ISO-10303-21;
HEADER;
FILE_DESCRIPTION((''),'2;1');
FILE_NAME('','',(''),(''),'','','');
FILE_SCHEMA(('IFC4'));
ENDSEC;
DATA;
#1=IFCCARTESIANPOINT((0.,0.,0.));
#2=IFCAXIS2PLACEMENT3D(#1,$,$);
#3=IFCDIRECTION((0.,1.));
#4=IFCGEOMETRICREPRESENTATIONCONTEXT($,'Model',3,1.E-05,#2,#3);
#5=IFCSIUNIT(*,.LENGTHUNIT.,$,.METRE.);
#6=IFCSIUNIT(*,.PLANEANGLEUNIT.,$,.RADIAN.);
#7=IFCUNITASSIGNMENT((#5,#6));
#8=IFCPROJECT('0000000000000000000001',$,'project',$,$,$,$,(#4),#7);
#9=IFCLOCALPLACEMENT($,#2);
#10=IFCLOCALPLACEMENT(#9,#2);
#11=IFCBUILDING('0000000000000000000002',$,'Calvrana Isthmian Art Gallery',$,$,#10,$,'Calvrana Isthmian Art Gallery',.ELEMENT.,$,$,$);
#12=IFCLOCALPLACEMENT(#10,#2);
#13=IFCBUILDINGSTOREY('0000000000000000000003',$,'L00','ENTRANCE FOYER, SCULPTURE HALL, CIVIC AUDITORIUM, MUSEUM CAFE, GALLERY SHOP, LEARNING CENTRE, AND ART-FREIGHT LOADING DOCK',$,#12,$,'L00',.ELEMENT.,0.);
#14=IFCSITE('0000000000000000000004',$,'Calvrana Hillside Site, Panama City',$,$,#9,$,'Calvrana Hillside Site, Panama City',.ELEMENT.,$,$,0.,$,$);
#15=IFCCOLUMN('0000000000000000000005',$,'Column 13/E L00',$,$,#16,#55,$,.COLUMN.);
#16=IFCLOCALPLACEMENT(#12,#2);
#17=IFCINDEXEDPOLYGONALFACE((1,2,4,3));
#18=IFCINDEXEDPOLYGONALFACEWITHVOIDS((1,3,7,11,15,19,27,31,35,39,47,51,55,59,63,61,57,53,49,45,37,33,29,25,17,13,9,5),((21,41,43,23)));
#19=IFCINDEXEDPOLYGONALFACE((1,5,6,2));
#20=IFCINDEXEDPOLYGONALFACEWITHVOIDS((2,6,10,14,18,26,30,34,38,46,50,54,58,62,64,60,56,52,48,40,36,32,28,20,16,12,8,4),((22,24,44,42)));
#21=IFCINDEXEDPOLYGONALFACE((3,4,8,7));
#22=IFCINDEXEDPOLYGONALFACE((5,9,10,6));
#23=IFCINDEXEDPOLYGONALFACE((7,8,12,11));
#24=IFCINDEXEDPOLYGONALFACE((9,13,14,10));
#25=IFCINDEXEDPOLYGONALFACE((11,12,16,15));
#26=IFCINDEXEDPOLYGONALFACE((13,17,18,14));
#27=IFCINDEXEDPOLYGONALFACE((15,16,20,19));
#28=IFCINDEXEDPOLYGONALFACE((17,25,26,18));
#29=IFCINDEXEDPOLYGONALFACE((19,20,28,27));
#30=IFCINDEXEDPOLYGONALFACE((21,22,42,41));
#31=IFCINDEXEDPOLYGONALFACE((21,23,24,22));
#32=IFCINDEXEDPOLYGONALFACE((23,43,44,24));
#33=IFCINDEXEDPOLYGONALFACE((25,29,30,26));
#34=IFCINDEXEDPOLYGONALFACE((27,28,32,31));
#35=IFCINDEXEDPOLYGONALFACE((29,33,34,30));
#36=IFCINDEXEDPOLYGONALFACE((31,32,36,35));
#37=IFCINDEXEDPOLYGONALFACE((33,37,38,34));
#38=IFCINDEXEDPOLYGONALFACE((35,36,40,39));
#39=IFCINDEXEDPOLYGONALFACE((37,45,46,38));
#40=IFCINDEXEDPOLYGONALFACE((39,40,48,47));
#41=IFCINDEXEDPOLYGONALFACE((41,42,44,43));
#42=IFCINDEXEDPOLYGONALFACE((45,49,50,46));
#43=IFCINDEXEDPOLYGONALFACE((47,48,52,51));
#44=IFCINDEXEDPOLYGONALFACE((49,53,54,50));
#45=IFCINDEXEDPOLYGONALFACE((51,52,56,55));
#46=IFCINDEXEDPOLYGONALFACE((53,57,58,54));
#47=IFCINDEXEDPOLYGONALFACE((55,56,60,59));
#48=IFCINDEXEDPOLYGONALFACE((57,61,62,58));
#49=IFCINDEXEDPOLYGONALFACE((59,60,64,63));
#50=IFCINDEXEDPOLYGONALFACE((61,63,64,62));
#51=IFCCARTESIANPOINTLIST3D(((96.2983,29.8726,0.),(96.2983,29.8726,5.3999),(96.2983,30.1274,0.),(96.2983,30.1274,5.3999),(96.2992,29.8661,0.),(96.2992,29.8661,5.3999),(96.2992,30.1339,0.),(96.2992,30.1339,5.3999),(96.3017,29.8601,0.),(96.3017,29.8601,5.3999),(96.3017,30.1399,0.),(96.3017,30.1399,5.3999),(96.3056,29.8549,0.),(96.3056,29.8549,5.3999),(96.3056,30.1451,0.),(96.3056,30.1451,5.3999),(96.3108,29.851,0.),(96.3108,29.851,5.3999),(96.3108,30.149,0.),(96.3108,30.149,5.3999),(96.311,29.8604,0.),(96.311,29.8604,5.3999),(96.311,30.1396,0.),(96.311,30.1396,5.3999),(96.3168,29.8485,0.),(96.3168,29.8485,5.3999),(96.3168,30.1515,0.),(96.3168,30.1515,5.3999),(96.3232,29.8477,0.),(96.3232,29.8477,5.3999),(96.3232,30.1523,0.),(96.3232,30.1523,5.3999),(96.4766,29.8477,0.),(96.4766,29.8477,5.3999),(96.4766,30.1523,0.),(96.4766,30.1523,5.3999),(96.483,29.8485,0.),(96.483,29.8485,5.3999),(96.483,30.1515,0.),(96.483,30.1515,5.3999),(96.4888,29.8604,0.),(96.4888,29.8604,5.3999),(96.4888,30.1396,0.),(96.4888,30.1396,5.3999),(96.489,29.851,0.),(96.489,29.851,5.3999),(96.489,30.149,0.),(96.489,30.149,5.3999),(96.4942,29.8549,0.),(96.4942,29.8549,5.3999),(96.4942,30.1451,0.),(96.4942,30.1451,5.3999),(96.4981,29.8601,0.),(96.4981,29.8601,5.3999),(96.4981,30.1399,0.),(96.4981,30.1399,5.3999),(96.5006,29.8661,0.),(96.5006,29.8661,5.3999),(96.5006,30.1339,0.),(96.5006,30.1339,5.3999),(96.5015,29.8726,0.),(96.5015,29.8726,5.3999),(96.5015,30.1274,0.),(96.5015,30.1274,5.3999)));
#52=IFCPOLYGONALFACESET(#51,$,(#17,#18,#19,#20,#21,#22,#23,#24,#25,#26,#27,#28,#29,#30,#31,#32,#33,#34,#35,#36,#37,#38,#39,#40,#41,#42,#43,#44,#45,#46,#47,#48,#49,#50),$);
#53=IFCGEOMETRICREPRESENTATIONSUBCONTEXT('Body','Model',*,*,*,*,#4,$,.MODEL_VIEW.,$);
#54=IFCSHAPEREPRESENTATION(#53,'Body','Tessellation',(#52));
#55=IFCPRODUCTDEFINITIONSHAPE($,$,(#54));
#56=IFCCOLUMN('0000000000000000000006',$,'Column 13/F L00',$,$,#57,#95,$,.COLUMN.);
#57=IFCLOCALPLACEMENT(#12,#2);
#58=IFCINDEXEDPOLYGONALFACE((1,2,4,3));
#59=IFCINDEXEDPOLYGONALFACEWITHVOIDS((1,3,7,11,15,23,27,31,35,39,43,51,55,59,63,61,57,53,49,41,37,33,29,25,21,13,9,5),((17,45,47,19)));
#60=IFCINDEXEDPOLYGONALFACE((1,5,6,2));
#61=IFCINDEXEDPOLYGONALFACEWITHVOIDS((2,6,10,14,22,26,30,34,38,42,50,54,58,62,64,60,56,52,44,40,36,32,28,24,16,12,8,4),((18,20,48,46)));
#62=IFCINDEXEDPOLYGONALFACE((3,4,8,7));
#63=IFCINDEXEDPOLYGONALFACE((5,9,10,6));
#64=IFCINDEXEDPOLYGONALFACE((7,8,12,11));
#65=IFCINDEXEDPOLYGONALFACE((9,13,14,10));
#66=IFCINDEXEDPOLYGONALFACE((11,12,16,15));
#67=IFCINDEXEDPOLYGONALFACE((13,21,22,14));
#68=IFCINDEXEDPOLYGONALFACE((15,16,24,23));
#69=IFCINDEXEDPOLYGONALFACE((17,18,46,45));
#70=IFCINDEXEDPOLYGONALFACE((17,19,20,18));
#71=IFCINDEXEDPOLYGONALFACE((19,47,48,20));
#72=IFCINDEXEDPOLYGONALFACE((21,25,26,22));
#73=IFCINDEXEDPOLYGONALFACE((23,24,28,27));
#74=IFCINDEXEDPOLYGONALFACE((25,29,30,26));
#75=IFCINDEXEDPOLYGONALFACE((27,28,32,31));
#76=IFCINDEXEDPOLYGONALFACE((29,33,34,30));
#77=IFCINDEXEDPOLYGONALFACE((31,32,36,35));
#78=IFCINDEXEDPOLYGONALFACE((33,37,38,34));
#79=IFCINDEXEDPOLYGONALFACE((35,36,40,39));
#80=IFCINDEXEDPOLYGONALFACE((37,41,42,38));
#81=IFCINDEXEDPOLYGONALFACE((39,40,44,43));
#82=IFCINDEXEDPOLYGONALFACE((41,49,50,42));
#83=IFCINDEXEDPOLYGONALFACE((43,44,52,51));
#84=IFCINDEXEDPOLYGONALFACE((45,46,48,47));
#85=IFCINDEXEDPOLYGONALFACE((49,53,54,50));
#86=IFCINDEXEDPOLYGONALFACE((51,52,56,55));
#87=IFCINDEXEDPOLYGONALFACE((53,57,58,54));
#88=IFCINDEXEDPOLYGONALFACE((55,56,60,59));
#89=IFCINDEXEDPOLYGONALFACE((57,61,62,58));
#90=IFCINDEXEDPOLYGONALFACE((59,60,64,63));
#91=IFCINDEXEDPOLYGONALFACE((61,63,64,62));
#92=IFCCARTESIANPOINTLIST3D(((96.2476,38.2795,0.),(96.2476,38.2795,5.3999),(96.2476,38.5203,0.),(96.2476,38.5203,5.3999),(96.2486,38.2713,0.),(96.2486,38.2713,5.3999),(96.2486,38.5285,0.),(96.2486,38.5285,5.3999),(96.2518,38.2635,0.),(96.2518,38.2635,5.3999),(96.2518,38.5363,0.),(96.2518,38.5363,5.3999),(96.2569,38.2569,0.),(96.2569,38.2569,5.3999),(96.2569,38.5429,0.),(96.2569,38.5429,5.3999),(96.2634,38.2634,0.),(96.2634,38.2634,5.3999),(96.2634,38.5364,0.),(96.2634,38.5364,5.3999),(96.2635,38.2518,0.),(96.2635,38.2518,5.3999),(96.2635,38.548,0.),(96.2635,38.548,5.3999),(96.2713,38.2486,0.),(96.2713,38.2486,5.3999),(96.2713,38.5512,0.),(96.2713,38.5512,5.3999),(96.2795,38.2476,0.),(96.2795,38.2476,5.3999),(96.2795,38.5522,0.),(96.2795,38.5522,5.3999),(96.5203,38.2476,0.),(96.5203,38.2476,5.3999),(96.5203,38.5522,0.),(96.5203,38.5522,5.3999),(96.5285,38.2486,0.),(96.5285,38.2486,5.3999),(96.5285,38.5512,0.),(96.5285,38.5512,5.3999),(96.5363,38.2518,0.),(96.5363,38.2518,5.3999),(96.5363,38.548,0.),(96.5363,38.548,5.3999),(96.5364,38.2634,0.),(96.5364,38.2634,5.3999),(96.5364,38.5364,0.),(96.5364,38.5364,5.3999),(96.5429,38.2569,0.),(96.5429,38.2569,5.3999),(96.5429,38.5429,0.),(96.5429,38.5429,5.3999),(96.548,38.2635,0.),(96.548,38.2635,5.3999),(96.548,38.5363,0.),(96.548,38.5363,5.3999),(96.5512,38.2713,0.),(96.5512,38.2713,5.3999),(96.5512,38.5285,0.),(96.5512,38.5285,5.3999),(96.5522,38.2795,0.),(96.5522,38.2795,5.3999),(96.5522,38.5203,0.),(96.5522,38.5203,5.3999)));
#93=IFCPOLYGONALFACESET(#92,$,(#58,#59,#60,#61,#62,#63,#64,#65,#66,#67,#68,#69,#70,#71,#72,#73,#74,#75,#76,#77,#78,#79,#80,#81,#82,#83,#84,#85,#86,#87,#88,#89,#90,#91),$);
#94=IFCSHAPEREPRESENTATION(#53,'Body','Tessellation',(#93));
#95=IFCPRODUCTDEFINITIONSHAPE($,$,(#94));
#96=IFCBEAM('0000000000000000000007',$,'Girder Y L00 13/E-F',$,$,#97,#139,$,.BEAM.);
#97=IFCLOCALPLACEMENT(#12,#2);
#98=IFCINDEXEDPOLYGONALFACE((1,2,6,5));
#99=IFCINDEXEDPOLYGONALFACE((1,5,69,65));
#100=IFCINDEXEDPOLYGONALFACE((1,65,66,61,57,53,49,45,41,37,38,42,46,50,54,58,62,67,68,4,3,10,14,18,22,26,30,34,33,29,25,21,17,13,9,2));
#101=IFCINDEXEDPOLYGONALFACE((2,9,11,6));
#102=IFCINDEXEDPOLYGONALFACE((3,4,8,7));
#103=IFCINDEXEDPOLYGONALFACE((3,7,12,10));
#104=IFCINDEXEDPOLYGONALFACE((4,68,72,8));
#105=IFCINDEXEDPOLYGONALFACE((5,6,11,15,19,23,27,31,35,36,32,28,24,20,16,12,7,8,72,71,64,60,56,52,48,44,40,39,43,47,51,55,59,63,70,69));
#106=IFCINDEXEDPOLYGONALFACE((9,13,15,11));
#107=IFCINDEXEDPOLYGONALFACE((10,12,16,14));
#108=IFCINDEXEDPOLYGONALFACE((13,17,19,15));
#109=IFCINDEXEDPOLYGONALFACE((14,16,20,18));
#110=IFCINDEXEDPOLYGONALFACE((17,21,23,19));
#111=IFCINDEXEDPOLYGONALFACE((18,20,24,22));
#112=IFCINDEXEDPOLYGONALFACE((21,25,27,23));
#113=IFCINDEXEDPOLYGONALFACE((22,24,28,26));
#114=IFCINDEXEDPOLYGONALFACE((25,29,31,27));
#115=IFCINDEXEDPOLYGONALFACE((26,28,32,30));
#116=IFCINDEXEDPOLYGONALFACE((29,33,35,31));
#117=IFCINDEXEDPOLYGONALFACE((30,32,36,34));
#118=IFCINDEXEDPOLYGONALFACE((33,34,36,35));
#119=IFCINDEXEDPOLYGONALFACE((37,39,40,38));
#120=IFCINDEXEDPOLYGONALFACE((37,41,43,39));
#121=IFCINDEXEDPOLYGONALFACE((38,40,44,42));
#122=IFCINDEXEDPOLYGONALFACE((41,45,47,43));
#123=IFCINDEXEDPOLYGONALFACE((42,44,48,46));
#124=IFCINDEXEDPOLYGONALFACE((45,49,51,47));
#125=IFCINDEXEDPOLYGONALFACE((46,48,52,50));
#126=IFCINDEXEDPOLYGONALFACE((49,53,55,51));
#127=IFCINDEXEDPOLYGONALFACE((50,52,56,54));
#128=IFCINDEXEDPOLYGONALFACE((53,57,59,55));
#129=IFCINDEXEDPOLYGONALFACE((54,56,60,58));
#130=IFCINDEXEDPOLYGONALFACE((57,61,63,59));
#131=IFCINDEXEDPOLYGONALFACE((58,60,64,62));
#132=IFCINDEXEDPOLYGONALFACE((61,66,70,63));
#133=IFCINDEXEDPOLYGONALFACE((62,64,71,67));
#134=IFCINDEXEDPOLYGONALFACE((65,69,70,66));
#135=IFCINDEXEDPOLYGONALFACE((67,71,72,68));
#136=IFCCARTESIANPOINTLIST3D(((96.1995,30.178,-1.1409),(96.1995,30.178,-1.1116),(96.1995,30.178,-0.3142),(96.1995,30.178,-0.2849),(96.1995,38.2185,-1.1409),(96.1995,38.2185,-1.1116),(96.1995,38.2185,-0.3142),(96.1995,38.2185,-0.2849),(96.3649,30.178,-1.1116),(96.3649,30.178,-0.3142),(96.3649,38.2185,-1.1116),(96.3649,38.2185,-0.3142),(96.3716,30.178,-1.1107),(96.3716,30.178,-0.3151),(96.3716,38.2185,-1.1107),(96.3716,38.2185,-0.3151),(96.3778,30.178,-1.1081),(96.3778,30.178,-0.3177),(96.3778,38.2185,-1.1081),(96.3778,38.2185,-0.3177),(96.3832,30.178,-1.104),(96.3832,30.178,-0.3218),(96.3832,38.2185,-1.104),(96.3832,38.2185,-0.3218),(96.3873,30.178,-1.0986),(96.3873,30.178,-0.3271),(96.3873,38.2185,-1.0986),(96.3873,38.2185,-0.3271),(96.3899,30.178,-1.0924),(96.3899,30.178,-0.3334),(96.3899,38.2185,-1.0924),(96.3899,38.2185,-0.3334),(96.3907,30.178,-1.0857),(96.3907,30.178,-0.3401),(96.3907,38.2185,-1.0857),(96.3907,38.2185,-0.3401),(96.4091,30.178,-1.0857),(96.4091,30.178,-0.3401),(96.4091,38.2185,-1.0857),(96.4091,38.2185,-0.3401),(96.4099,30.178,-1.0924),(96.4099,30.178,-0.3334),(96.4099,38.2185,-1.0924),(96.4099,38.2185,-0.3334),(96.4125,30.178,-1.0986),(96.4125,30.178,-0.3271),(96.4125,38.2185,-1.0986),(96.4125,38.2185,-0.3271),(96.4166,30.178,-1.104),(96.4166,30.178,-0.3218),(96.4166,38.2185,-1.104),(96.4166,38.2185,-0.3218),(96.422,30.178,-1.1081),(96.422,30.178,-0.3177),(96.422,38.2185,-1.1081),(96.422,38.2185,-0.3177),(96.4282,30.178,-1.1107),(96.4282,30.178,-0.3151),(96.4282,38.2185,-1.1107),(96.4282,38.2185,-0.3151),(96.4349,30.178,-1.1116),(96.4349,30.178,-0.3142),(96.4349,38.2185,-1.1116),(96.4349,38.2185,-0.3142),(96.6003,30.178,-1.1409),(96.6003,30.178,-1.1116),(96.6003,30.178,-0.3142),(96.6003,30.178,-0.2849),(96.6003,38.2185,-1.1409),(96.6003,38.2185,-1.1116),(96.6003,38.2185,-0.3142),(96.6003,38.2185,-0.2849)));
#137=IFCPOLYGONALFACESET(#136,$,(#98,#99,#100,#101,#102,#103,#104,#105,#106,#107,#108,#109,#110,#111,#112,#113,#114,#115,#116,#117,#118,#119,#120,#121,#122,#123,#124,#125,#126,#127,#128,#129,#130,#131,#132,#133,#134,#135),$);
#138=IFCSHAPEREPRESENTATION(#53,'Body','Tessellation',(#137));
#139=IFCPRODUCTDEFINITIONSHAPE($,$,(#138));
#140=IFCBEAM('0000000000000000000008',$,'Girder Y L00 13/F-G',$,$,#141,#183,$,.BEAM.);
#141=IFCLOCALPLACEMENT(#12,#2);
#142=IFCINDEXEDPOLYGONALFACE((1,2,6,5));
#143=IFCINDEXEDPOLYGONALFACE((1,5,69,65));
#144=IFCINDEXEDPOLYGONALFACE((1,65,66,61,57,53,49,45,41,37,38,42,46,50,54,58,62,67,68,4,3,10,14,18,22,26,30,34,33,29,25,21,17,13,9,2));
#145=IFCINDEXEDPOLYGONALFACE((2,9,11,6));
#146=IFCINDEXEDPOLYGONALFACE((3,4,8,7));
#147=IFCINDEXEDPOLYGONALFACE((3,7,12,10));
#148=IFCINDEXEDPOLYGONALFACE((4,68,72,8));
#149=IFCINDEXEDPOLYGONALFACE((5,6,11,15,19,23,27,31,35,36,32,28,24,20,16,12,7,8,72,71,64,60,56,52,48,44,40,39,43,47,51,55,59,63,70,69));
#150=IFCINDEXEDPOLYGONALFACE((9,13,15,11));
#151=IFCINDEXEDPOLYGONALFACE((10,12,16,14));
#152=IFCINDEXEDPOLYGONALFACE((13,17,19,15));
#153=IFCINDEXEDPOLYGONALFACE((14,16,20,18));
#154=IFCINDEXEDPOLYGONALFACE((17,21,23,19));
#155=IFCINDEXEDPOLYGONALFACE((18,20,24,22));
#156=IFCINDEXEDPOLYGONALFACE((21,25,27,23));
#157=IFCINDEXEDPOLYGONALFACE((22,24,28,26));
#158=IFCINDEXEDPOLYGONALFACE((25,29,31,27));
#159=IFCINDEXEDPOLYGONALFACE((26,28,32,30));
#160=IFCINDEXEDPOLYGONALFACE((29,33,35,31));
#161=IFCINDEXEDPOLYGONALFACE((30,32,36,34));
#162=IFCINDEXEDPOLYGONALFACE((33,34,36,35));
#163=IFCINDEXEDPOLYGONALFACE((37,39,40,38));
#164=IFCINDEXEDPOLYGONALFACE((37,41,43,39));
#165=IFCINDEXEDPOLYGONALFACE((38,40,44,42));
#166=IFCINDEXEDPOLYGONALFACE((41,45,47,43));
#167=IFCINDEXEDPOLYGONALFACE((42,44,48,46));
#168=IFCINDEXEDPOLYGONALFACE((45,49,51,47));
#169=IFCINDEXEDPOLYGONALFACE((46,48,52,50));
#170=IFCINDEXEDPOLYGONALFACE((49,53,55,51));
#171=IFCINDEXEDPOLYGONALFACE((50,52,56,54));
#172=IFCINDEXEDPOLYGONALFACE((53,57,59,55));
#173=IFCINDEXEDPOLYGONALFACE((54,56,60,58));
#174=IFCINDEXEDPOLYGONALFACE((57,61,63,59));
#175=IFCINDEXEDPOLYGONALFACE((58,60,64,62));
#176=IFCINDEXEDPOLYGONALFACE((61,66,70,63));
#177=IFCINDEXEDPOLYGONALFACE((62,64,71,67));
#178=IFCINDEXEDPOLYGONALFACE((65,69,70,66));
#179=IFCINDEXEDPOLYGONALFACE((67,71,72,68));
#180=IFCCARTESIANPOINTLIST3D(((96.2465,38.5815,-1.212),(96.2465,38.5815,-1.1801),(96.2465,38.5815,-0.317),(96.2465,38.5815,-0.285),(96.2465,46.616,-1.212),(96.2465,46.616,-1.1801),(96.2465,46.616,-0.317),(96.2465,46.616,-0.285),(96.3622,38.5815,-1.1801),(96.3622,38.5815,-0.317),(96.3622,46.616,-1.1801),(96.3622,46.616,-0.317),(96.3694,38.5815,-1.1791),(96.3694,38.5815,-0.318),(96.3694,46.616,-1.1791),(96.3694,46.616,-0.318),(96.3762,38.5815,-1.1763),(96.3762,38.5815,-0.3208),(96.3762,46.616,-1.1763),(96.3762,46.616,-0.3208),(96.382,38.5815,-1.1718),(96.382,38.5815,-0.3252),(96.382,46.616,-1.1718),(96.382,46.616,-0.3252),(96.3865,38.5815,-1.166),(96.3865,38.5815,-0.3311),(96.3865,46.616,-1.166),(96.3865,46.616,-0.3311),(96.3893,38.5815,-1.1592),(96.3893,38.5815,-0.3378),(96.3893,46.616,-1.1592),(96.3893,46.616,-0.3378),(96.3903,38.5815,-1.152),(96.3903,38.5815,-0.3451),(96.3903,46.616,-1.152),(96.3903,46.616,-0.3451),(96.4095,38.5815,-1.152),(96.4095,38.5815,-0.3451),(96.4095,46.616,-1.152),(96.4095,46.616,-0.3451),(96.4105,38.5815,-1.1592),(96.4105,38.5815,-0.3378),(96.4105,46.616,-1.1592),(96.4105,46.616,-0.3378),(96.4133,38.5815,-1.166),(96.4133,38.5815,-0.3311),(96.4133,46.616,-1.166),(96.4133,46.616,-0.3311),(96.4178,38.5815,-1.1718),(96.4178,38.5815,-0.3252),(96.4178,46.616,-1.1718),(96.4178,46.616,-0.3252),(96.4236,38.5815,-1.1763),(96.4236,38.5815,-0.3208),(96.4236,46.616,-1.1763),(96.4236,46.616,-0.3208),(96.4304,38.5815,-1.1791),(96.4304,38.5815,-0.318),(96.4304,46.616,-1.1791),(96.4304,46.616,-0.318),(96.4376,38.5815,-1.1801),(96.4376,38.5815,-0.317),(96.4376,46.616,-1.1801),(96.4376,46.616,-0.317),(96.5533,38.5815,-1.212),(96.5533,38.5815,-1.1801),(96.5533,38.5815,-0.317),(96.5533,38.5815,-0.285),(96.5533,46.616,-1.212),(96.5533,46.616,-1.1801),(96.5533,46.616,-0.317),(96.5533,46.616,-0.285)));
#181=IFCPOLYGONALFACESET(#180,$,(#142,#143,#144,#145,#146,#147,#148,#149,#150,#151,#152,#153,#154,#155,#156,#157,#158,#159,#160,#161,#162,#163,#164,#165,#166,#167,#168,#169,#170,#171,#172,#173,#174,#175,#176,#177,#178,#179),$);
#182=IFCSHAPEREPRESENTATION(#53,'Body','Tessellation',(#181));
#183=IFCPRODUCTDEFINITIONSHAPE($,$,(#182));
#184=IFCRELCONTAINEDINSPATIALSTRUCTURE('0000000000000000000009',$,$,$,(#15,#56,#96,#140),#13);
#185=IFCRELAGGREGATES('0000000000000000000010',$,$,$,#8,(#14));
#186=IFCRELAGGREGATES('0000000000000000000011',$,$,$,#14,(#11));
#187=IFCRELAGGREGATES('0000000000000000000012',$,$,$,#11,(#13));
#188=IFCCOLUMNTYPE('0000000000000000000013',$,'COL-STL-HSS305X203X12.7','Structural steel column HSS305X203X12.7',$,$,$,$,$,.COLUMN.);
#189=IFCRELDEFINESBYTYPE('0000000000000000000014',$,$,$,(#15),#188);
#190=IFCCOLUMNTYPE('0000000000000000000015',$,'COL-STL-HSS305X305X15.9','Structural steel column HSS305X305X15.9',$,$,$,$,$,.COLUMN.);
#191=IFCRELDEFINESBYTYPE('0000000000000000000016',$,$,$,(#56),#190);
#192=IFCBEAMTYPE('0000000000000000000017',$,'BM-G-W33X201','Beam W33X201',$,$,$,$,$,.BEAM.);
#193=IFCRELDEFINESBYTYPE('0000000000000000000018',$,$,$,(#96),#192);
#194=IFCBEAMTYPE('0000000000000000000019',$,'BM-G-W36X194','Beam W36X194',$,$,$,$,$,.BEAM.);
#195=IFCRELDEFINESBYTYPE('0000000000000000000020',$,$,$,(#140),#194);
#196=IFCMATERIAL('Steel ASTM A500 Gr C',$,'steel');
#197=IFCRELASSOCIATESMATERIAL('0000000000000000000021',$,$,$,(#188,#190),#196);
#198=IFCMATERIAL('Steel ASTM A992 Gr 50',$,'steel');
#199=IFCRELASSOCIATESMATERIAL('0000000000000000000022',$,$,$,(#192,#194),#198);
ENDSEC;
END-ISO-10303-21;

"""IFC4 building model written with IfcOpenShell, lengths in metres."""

from ifc_helpers import new_model, si_unit, direction, frame, origin, origin_2d, place, context, subcontext, project, spatial, hollow_rectangle, i_section, extrude, material, material_profile, profile_set, type_object, element, save


model = new_model("IFC4")

# Units and contexts
model_context = context("Model", 3, precision=1e-05, world=origin(), true_north=direction((0.0, 1.0)))
body_context = subcontext(model_context, "Body", "Model", "MODEL_VIEW")
ifc_project = project(units=[si_unit("LENGTHUNIT", "METRE"), si_unit("PLANEANGLEUNIT", "RADIAN")], contexts=[model_context])

# Site, building, storey
site_placement = place(None, origin())
site = spatial("IfcSite", under=ifc_project, at=site_placement, Name="Calvrana Hillside Site, Panama City", LongName="Calvrana Hillside Site, Panama City", CompositionType="ELEMENT", RefElevation=0.0)
building_placement = place(site_placement, origin())
building = spatial("IfcBuilding", under=site, at=building_placement, Name="Calvrana Isthmian Art Gallery", LongName="Calvrana Isthmian Art Gallery", CompositionType="ELEMENT")
storey_placement = place(building_placement, origin())
storey = spatial("IfcBuildingStorey", under=building, at=storey_placement, Name="L00", Description="ENTRANCE FOYER, SCULPTURE HALL, CIVIC AUDITORIUM, MUSEUM CAFE, GALLERY SHOP, LEARNING CENTRE, AND ART-FREIGHT LOADING DOCK", LongName="L00", CompositionType="ELEMENT", Elevation=0.0)

# Columns
ifc_material_1 = material(Name="Steel ASTM A500 Gr C", Category="steel")
ifc_material_profile_1 = material_profile(ifc_material_1, hollow_rectangle(XDim=0.2031, YDim=0.3047, WallThickness=0.0127, OuterFilletRadius=0.0249, at=origin_2d()), Name="HSS305X203X12.7")
ifc_profile_set_1 = profile_set([ifc_material_profile_1], Name="Steel ASTM A500 Gr C")
column_type_1 = type_object("IfcColumnType", Name="COL-STL-HSS305X203X12.7", Description="Structural steel column HSS305X203X12.7", PredefinedType="COLUMN", material=ifc_profile_set_1)
column_1_placement = place(storey_placement, frame((96.3999, 30.0, 0.0), z_axis=(0.0, 0.0, 1.0), x_axis=(1.0, 0.0, 0.0)))
element("IfcColumn", 1, at=column_1_placement, inside=storey, type_object=column_type_1, Name="Column 13/E L00", PredefinedType="COLUMN", context=body_context, shape_type="SweptSolid", body=[
    extrude(hollow_rectangle(XDim=0.2031, YDim=0.3047, WallThickness=0.0127, OuterFilletRadius=0.0249, at=origin_2d()), origin(), (0.0, 0.0, 1.0), 5.3999),
])
ifc_material_profile_2 = material_profile(ifc_material_1, hollow_rectangle(XDim=0.3047, YDim=0.3047, WallThickness=0.0159, OuterFilletRadius=0.032, at=origin_2d()), Name="HSS305X305X15.9")
ifc_profile_set_2 = profile_set([ifc_material_profile_2], Name="Steel ASTM A500 Gr C")
column_type_2 = type_object("IfcColumnType", Name="COL-STL-HSS305X305X15.9", Description="Structural steel column HSS305X305X15.9", PredefinedType="COLUMN", material=ifc_profile_set_2)
column_2_placement = place(storey_placement, frame((96.3999, 38.3999, 0.0), z_axis=(0.0, 0.0, 1.0), x_axis=(1.0, 0.0, 0.0)))
element("IfcColumn", 2, at=column_2_placement, inside=storey, type_object=column_type_2, Name="Column 13/F L00", PredefinedType="COLUMN", context=body_context, shape_type="SweptSolid", body=[
    extrude(hollow_rectangle(XDim=0.3047, YDim=0.3047, WallThickness=0.0159, OuterFilletRadius=0.032, at=origin_2d()), origin(), (0.0, 0.0, 1.0), 5.3999),
])

# Beams
ifc_material_2 = material(Name="Steel ASTM A992 Gr 50", Category="steel")
ifc_material_profile_3 = material_profile(ifc_material_2, i_section(OverallWidth=0.4009, OverallDepth=0.856, WebThickness=0.0183, FlangeThickness=0.0293, FilletRadius=0.0259, at=origin_2d()), Name="W33X201")
ifc_profile_set_3 = profile_set([ifc_material_profile_3], Name="Steel ASTM A992 Gr 50")
beam_type_1 = type_object("IfcBeamType", Name="BM-G-W33X201", Description="Beam W33X201", PredefinedType="BEAM", material=ifc_profile_set_3)
beam_1_placement = place(storey_placement, frame((96.3999, 30.178, -0.7129), z_axis=(0.0, 1.0, 0.0), x_axis=(-1.0, 0.0, 0.0)))
element("IfcBeam", 3, at=beam_1_placement, inside=storey, type_object=beam_type_1, Name="Girder Y L00 13/E-F", PredefinedType="BEAM", context=body_context, shape_type="SweptSolid", body=[
    extrude(i_section(OverallWidth=0.4009, OverallDepth=0.856, WebThickness=0.0183, FlangeThickness=0.0293, FilletRadius=0.0259, at=origin_2d()), origin(), (0.0, 0.0, 1.0), 8.0405),
])
ifc_material_profile_4 = material_profile(ifc_material_2, i_section(OverallWidth=0.3069, OverallDepth=0.927, WebThickness=0.0193, FlangeThickness=0.032, FilletRadius=0.0281, at=origin_2d()), Name="W36X194")
ifc_profile_set_4 = profile_set([ifc_material_profile_4], Name="Steel ASTM A992 Gr 50")
beam_type_2 = type_object("IfcBeamType", Name="BM-G-W36X194", Description="Beam W36X194", PredefinedType="BEAM", material=ifc_profile_set_4)
beam_2_placement = place(storey_placement, frame((96.3999, 38.5815, -0.7485), z_axis=(0.0, 1.0, 0.0), x_axis=(-1.0, 0.0, 0.0)))
element("IfcBeam", 4, at=beam_2_placement, inside=storey, type_object=beam_type_2, Name="Girder Y L00 13/F-G", PredefinedType="BEAM", context=body_context, shape_type="SweptSolid", body=[
    extrude(i_section(OverallWidth=0.3069, OverallDepth=0.927, WebThickness=0.0193, FlangeThickness=0.032, FilletRadius=0.0281, at=origin_2d()), origin(), (0.0, 0.0, 1.0), 8.0344),
])

save(model, "model.ifc")
